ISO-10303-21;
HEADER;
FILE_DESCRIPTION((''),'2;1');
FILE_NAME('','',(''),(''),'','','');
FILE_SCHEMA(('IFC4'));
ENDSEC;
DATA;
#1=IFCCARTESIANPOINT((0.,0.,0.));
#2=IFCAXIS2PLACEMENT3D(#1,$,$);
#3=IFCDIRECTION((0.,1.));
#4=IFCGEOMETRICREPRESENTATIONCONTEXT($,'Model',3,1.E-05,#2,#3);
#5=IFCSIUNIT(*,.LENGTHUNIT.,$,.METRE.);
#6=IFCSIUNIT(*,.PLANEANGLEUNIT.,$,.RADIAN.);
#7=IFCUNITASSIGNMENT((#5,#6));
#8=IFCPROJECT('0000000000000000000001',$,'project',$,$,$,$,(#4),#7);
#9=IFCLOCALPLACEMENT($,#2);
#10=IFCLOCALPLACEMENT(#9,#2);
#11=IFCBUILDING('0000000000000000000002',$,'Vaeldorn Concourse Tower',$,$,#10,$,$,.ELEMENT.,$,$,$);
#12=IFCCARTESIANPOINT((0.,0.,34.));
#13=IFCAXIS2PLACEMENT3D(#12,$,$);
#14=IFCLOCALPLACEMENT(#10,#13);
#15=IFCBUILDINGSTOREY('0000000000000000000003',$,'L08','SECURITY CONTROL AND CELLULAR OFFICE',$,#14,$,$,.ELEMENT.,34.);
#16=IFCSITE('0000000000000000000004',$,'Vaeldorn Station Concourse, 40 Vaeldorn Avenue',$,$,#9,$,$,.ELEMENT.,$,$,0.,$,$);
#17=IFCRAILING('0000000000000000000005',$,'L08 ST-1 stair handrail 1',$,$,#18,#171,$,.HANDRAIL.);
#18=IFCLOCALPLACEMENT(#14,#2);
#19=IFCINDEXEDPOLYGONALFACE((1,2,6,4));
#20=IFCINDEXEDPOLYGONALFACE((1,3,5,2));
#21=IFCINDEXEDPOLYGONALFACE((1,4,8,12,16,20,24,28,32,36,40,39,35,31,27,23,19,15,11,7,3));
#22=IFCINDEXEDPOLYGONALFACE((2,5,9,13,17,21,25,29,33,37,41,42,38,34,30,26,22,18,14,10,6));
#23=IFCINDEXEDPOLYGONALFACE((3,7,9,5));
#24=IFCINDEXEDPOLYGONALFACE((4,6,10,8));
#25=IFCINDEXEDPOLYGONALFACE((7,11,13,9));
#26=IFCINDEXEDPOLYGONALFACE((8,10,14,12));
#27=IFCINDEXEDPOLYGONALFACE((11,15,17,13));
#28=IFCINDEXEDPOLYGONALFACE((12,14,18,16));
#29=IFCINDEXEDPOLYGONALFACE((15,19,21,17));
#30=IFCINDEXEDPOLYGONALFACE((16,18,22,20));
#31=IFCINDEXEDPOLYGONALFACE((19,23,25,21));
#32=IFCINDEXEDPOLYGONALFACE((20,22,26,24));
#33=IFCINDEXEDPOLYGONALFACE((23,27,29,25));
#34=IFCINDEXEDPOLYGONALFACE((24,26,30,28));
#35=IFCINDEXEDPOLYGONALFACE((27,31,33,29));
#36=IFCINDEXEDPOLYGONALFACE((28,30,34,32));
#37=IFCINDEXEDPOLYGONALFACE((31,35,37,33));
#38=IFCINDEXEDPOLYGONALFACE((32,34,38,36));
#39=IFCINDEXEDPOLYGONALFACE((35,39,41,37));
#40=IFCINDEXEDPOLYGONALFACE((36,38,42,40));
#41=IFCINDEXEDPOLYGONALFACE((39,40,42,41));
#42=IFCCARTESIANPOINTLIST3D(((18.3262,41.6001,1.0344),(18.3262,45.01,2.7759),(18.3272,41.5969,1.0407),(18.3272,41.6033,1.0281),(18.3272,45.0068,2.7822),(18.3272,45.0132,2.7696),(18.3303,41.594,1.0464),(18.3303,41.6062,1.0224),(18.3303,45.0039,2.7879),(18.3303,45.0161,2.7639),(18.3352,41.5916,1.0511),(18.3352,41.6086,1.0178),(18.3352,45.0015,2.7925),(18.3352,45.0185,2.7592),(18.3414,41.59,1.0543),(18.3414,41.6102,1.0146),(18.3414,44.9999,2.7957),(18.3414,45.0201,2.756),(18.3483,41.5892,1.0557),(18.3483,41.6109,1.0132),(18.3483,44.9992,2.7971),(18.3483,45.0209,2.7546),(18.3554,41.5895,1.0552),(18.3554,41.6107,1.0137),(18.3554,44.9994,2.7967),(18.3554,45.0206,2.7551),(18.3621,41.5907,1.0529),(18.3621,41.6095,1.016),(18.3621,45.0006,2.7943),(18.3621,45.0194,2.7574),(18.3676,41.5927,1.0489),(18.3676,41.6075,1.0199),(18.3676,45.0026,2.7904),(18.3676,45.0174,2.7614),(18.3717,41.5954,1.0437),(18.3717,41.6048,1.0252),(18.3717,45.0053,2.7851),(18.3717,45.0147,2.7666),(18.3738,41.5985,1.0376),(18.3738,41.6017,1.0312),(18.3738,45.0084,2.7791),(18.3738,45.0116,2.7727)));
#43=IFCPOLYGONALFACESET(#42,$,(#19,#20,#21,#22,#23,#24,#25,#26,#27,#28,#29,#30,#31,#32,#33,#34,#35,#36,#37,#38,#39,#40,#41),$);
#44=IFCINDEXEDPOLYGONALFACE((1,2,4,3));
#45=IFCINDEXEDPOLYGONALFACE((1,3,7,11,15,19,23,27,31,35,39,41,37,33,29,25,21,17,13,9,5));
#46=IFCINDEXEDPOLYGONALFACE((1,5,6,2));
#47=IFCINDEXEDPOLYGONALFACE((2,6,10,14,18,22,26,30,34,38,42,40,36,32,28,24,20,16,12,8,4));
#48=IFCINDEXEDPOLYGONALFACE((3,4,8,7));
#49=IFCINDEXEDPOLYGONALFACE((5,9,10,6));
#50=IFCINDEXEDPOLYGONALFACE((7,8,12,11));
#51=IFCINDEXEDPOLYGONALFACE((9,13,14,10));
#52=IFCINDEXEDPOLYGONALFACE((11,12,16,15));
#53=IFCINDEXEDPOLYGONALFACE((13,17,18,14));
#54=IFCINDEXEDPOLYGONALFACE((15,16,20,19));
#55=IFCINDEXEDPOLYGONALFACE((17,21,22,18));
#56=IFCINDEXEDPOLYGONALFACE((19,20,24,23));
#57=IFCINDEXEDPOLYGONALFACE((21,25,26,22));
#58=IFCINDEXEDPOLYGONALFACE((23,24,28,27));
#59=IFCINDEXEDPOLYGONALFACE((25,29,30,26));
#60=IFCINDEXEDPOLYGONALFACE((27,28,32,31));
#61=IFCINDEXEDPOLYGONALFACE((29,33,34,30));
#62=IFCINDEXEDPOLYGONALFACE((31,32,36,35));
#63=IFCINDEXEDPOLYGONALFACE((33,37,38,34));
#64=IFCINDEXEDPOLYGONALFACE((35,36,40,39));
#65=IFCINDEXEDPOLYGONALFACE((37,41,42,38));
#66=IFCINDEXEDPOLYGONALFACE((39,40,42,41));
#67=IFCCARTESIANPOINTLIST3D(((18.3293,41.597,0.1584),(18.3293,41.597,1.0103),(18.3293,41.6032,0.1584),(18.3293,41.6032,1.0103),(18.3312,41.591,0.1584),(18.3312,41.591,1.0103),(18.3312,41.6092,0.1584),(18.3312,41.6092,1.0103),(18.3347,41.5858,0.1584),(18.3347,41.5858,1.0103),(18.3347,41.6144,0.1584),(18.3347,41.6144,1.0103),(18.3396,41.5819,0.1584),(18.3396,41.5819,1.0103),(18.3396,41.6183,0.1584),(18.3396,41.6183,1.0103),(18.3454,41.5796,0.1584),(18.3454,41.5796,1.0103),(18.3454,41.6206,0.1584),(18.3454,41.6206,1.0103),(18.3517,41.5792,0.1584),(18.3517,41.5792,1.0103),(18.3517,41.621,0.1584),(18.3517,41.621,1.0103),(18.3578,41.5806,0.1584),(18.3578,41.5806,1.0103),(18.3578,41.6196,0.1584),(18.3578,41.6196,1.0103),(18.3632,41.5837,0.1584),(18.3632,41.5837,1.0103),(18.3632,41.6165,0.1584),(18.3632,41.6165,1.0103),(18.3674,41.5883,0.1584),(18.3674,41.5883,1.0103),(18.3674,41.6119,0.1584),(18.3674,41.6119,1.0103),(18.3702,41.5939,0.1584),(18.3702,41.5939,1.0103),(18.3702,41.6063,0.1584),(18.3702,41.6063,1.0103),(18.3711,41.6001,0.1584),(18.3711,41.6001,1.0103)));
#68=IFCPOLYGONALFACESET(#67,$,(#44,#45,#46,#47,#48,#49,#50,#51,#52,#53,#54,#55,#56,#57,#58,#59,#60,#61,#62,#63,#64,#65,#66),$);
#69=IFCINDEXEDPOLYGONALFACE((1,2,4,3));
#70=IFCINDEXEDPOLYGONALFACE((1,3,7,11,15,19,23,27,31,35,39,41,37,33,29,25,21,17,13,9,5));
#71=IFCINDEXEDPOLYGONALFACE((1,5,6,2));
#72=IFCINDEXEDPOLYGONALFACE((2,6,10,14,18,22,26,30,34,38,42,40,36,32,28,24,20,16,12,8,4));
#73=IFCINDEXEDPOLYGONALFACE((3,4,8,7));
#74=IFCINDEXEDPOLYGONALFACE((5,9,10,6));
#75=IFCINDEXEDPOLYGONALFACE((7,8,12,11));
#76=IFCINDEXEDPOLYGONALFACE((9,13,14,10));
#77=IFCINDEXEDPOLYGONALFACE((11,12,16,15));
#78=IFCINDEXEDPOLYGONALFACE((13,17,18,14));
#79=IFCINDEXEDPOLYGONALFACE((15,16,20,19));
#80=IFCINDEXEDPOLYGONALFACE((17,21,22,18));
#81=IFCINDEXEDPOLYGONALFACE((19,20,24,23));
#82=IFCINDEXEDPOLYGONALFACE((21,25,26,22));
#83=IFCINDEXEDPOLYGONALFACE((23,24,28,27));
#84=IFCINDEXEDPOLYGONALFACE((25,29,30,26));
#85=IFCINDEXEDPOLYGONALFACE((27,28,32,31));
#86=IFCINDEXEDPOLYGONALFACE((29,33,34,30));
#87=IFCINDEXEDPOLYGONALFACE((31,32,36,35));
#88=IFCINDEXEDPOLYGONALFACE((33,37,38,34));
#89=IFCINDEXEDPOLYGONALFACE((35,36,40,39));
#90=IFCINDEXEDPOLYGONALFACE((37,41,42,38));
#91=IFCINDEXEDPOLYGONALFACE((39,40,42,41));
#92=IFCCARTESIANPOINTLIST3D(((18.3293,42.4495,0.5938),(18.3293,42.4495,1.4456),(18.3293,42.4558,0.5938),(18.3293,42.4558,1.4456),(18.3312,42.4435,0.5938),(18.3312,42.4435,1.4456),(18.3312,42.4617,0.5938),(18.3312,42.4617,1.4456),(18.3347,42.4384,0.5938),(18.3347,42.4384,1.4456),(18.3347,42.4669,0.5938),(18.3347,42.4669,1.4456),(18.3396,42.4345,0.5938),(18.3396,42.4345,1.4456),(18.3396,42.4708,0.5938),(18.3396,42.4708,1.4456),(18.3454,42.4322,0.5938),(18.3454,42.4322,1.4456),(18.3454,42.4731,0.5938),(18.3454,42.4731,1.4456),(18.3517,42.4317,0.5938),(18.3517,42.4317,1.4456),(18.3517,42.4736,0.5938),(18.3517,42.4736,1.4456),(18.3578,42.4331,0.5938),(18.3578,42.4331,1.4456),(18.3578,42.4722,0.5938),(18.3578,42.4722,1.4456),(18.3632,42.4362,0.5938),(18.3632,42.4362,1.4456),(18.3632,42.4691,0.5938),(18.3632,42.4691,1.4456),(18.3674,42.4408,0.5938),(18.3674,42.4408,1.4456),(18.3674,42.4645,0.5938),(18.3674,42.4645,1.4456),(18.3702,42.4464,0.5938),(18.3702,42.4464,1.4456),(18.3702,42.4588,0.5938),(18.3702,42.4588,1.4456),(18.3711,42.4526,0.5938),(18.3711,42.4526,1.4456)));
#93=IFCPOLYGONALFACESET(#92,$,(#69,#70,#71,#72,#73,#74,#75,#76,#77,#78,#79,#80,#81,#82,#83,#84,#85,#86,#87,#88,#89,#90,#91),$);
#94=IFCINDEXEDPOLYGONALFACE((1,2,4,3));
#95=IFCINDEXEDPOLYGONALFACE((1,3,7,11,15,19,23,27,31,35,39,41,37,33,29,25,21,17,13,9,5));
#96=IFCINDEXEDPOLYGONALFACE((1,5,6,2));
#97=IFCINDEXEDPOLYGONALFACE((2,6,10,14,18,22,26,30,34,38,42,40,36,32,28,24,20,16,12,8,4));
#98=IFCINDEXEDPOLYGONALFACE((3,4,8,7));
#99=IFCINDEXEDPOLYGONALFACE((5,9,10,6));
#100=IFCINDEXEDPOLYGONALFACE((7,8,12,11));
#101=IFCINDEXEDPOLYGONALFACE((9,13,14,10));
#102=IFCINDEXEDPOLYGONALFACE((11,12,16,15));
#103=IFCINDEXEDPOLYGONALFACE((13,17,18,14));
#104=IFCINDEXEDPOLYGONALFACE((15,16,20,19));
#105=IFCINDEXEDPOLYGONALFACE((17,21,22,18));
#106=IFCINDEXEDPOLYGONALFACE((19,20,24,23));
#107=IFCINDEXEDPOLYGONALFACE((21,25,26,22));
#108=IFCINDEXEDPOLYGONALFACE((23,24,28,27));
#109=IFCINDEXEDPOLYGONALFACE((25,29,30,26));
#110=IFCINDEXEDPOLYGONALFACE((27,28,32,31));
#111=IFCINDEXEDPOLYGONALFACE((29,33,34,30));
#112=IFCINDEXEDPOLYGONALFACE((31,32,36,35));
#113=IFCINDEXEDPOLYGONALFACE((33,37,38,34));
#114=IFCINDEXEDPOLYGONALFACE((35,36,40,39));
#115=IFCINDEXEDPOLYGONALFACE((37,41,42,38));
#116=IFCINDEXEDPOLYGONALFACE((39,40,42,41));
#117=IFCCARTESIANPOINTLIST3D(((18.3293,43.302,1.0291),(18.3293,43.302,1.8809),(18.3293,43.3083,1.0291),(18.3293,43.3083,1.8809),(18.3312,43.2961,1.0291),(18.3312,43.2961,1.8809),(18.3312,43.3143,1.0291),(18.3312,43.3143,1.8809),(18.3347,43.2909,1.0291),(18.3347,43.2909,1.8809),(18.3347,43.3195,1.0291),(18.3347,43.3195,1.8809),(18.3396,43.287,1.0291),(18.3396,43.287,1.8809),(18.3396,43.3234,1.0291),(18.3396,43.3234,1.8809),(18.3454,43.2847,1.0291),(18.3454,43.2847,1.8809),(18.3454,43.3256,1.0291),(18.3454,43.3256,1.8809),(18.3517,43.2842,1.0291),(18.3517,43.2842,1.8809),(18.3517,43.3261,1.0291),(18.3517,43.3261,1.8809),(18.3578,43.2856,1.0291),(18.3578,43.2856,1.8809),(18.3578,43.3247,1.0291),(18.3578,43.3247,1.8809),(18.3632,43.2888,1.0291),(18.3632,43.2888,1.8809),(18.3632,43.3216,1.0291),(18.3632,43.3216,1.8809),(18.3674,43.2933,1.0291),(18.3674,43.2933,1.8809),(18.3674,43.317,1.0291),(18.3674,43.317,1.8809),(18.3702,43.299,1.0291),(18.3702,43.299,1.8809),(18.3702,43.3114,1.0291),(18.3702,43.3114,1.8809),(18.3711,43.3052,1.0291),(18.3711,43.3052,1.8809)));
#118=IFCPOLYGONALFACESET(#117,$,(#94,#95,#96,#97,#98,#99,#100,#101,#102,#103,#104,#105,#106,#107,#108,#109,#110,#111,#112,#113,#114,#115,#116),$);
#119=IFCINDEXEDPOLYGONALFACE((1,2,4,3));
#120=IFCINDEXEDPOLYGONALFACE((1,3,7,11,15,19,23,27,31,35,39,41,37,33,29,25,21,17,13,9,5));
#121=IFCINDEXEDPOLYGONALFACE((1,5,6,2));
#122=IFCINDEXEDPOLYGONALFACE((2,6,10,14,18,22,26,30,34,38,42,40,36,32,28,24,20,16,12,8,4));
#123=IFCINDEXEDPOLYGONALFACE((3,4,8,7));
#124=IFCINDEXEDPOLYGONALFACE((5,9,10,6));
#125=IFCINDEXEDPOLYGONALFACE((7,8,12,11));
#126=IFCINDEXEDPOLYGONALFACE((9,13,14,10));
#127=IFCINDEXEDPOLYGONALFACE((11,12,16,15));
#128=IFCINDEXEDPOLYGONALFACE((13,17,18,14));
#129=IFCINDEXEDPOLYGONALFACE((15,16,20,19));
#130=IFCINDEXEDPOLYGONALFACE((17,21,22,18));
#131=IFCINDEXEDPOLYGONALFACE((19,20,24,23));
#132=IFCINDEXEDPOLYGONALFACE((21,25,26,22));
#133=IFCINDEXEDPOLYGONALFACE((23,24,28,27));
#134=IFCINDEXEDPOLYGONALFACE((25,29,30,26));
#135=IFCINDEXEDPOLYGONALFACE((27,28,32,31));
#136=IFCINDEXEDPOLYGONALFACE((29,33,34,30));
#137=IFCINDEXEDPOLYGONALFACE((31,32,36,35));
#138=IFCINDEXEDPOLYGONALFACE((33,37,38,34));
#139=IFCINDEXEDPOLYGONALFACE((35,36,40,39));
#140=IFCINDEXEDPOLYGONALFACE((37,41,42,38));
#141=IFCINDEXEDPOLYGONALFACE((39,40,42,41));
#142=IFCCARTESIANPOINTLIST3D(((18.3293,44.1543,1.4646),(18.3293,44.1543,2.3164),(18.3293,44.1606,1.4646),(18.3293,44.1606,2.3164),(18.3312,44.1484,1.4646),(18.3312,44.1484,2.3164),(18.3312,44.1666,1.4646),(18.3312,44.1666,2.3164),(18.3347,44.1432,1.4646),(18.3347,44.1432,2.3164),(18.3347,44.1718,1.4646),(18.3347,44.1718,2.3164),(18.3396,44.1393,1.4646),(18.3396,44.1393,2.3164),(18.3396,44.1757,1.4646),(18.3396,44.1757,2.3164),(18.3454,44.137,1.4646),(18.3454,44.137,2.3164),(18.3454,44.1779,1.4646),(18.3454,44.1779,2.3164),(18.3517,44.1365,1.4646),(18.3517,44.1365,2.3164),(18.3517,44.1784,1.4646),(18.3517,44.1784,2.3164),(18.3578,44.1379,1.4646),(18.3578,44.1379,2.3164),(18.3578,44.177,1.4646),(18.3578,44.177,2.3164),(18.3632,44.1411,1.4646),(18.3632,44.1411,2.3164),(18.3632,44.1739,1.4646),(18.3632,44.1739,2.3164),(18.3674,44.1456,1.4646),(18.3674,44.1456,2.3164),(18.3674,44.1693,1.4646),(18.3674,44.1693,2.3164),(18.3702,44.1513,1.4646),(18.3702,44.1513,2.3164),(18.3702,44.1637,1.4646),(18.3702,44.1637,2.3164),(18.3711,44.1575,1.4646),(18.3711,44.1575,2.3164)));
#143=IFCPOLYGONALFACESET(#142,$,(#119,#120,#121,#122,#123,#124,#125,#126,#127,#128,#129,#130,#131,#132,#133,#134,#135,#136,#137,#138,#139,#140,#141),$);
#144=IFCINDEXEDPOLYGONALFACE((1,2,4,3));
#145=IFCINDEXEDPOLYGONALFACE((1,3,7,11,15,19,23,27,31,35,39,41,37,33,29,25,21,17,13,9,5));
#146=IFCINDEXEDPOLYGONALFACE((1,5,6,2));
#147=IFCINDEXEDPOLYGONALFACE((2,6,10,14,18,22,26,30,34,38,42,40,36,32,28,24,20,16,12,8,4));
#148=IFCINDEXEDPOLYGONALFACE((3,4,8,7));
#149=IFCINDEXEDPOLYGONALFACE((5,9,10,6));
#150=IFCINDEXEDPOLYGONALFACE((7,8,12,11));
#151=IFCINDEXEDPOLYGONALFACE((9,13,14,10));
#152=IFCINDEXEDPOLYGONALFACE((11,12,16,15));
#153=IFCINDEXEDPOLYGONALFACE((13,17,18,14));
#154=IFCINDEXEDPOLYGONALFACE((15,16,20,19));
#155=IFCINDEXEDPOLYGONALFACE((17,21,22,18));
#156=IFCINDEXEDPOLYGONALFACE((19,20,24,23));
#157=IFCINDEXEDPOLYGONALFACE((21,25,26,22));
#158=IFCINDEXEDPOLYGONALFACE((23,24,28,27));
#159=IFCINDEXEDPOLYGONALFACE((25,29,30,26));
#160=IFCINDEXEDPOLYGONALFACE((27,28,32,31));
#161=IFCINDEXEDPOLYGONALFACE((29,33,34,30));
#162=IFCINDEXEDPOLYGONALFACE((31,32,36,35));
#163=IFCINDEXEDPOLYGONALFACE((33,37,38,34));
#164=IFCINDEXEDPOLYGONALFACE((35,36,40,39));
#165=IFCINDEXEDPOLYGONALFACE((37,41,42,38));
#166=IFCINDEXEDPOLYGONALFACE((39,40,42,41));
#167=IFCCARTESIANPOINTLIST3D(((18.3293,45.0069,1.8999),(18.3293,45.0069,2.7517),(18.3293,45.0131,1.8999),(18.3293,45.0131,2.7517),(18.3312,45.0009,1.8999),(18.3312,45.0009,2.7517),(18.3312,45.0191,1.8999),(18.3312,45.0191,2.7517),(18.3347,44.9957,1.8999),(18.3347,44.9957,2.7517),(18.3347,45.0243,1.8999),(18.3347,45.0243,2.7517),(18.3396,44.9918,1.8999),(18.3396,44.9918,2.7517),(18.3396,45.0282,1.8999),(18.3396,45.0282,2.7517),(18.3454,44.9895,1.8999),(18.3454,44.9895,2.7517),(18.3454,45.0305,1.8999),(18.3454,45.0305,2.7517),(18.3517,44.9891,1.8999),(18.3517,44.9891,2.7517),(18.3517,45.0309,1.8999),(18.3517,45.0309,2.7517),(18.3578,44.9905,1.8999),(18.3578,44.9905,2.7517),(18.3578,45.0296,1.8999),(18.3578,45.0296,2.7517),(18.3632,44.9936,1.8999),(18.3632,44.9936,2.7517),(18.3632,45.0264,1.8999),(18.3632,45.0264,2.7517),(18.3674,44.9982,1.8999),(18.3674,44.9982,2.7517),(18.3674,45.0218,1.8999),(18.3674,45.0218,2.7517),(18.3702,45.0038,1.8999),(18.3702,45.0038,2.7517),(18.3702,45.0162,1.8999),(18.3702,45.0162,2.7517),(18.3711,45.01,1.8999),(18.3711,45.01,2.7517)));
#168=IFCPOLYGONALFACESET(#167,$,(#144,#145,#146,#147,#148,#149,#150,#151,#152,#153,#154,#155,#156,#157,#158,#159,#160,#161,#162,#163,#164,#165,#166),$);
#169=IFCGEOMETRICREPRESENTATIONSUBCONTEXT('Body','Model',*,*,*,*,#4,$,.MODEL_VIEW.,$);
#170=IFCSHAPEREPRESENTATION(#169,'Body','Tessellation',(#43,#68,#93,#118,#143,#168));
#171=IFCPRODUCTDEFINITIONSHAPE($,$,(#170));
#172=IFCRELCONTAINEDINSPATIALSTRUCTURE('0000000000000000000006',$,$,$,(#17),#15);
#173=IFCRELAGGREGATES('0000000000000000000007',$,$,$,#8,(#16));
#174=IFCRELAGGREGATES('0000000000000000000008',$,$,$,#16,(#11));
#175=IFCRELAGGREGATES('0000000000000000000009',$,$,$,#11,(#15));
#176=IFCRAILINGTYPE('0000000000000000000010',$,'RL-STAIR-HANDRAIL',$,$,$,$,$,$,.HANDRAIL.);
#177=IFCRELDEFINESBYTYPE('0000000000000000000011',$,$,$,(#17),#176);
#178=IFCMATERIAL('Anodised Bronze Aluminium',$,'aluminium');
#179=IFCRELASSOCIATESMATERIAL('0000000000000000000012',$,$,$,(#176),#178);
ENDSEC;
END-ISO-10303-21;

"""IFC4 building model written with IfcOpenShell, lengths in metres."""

from ifc_helpers import new_model, si_unit, direction, frame, origin, origin_2d, place, context, subcontext, project, spatial, circle, extrude, material, type_object, element, save


model = new_model("IFC4")

# Units and contexts
model_context = context("Model", 3, precision=1e-05, world=origin(), true_north=direction((0.0, 1.0)))
body_context = subcontext(model_context, "Body", "Model", "MODEL_VIEW")
ifc_project = project(units=[si_unit("LENGTHUNIT", "METRE"), si_unit("PLANEANGLEUNIT", "RADIAN")], contexts=[model_context])

# Site, building, storey
site_placement = place(None, origin())
site = spatial("IfcSite", under=ifc_project, at=site_placement, Name="Vaeldorn Station Concourse, 40 Vaeldorn Avenue", CompositionType="ELEMENT", RefElevation=0.0)
building_placement = place(site_placement, origin())
building = spatial("IfcBuilding", under=site, at=building_placement, Name="Vaeldorn Concourse Tower", CompositionType="ELEMENT")
storey_placement = place(building_placement, frame((0.0, 0.0, 34.0)))
storey = spatial("IfcBuildingStorey", under=building, at=storey_placement, Name="L08", Description="SECURITY CONTROL AND CELLULAR OFFICE", CompositionType="ELEMENT", Elevation=34.0)

# Shared definitions
ifc_material_1 = material(Name="Anodised Bronze Aluminium", Category="aluminium")

# Railing
railing_type_1 = type_object("IfcRailingType", Name="RL-STAIR-HANDRAIL", PredefinedType="HANDRAIL", material=ifc_material_1)
railing_1_placement = place(storey_placement, frame((18.3501, 41.6001, 0.1584)))
element("IfcRailing", 1, at=railing_1_placement, inside=storey, type_object=railing_type_1, Name="L08 ST-1 stair handrail 1", PredefinedType="HANDRAIL", context=body_context, shape_type="SweptSolid", body=[
    extrude(circle(Radius=0.0239, at=origin_2d()), frame((0.0, 0.0, 0.876), z_axis=(0.0, 0.890582, 0.454823), x_axis=(-1.0, 0.0, 0.0)), (0.0, 0.0, 1.0), 3.8289),
    extrude(circle(Radius=0.021, at=origin_2d()), origin(), (0.0, 0.0, 1.0), 0.8518),
    extrude(circle(Radius=0.021, at=origin_2d()), frame((0.0, 0.8525, 0.4353)), (0.0, 0.0, 1.0), 0.8518),
    extrude(circle(Radius=0.021, at=origin_2d()), frame((0.0, 1.7051, 0.8706)), (0.0, 0.0, 1.0), 0.8518),
    extrude(circle(Radius=0.021, at=origin_2d()), frame((0.0, 2.5574, 1.3062)), (0.0, 0.0, 1.0), 0.8518),
    extrude(circle(Radius=0.021, at=origin_2d()), frame((0.0, 3.4099, 1.7415)), (0.0, 0.0, 1.0), 0.8518),
])

save(model, "model.ifc")
